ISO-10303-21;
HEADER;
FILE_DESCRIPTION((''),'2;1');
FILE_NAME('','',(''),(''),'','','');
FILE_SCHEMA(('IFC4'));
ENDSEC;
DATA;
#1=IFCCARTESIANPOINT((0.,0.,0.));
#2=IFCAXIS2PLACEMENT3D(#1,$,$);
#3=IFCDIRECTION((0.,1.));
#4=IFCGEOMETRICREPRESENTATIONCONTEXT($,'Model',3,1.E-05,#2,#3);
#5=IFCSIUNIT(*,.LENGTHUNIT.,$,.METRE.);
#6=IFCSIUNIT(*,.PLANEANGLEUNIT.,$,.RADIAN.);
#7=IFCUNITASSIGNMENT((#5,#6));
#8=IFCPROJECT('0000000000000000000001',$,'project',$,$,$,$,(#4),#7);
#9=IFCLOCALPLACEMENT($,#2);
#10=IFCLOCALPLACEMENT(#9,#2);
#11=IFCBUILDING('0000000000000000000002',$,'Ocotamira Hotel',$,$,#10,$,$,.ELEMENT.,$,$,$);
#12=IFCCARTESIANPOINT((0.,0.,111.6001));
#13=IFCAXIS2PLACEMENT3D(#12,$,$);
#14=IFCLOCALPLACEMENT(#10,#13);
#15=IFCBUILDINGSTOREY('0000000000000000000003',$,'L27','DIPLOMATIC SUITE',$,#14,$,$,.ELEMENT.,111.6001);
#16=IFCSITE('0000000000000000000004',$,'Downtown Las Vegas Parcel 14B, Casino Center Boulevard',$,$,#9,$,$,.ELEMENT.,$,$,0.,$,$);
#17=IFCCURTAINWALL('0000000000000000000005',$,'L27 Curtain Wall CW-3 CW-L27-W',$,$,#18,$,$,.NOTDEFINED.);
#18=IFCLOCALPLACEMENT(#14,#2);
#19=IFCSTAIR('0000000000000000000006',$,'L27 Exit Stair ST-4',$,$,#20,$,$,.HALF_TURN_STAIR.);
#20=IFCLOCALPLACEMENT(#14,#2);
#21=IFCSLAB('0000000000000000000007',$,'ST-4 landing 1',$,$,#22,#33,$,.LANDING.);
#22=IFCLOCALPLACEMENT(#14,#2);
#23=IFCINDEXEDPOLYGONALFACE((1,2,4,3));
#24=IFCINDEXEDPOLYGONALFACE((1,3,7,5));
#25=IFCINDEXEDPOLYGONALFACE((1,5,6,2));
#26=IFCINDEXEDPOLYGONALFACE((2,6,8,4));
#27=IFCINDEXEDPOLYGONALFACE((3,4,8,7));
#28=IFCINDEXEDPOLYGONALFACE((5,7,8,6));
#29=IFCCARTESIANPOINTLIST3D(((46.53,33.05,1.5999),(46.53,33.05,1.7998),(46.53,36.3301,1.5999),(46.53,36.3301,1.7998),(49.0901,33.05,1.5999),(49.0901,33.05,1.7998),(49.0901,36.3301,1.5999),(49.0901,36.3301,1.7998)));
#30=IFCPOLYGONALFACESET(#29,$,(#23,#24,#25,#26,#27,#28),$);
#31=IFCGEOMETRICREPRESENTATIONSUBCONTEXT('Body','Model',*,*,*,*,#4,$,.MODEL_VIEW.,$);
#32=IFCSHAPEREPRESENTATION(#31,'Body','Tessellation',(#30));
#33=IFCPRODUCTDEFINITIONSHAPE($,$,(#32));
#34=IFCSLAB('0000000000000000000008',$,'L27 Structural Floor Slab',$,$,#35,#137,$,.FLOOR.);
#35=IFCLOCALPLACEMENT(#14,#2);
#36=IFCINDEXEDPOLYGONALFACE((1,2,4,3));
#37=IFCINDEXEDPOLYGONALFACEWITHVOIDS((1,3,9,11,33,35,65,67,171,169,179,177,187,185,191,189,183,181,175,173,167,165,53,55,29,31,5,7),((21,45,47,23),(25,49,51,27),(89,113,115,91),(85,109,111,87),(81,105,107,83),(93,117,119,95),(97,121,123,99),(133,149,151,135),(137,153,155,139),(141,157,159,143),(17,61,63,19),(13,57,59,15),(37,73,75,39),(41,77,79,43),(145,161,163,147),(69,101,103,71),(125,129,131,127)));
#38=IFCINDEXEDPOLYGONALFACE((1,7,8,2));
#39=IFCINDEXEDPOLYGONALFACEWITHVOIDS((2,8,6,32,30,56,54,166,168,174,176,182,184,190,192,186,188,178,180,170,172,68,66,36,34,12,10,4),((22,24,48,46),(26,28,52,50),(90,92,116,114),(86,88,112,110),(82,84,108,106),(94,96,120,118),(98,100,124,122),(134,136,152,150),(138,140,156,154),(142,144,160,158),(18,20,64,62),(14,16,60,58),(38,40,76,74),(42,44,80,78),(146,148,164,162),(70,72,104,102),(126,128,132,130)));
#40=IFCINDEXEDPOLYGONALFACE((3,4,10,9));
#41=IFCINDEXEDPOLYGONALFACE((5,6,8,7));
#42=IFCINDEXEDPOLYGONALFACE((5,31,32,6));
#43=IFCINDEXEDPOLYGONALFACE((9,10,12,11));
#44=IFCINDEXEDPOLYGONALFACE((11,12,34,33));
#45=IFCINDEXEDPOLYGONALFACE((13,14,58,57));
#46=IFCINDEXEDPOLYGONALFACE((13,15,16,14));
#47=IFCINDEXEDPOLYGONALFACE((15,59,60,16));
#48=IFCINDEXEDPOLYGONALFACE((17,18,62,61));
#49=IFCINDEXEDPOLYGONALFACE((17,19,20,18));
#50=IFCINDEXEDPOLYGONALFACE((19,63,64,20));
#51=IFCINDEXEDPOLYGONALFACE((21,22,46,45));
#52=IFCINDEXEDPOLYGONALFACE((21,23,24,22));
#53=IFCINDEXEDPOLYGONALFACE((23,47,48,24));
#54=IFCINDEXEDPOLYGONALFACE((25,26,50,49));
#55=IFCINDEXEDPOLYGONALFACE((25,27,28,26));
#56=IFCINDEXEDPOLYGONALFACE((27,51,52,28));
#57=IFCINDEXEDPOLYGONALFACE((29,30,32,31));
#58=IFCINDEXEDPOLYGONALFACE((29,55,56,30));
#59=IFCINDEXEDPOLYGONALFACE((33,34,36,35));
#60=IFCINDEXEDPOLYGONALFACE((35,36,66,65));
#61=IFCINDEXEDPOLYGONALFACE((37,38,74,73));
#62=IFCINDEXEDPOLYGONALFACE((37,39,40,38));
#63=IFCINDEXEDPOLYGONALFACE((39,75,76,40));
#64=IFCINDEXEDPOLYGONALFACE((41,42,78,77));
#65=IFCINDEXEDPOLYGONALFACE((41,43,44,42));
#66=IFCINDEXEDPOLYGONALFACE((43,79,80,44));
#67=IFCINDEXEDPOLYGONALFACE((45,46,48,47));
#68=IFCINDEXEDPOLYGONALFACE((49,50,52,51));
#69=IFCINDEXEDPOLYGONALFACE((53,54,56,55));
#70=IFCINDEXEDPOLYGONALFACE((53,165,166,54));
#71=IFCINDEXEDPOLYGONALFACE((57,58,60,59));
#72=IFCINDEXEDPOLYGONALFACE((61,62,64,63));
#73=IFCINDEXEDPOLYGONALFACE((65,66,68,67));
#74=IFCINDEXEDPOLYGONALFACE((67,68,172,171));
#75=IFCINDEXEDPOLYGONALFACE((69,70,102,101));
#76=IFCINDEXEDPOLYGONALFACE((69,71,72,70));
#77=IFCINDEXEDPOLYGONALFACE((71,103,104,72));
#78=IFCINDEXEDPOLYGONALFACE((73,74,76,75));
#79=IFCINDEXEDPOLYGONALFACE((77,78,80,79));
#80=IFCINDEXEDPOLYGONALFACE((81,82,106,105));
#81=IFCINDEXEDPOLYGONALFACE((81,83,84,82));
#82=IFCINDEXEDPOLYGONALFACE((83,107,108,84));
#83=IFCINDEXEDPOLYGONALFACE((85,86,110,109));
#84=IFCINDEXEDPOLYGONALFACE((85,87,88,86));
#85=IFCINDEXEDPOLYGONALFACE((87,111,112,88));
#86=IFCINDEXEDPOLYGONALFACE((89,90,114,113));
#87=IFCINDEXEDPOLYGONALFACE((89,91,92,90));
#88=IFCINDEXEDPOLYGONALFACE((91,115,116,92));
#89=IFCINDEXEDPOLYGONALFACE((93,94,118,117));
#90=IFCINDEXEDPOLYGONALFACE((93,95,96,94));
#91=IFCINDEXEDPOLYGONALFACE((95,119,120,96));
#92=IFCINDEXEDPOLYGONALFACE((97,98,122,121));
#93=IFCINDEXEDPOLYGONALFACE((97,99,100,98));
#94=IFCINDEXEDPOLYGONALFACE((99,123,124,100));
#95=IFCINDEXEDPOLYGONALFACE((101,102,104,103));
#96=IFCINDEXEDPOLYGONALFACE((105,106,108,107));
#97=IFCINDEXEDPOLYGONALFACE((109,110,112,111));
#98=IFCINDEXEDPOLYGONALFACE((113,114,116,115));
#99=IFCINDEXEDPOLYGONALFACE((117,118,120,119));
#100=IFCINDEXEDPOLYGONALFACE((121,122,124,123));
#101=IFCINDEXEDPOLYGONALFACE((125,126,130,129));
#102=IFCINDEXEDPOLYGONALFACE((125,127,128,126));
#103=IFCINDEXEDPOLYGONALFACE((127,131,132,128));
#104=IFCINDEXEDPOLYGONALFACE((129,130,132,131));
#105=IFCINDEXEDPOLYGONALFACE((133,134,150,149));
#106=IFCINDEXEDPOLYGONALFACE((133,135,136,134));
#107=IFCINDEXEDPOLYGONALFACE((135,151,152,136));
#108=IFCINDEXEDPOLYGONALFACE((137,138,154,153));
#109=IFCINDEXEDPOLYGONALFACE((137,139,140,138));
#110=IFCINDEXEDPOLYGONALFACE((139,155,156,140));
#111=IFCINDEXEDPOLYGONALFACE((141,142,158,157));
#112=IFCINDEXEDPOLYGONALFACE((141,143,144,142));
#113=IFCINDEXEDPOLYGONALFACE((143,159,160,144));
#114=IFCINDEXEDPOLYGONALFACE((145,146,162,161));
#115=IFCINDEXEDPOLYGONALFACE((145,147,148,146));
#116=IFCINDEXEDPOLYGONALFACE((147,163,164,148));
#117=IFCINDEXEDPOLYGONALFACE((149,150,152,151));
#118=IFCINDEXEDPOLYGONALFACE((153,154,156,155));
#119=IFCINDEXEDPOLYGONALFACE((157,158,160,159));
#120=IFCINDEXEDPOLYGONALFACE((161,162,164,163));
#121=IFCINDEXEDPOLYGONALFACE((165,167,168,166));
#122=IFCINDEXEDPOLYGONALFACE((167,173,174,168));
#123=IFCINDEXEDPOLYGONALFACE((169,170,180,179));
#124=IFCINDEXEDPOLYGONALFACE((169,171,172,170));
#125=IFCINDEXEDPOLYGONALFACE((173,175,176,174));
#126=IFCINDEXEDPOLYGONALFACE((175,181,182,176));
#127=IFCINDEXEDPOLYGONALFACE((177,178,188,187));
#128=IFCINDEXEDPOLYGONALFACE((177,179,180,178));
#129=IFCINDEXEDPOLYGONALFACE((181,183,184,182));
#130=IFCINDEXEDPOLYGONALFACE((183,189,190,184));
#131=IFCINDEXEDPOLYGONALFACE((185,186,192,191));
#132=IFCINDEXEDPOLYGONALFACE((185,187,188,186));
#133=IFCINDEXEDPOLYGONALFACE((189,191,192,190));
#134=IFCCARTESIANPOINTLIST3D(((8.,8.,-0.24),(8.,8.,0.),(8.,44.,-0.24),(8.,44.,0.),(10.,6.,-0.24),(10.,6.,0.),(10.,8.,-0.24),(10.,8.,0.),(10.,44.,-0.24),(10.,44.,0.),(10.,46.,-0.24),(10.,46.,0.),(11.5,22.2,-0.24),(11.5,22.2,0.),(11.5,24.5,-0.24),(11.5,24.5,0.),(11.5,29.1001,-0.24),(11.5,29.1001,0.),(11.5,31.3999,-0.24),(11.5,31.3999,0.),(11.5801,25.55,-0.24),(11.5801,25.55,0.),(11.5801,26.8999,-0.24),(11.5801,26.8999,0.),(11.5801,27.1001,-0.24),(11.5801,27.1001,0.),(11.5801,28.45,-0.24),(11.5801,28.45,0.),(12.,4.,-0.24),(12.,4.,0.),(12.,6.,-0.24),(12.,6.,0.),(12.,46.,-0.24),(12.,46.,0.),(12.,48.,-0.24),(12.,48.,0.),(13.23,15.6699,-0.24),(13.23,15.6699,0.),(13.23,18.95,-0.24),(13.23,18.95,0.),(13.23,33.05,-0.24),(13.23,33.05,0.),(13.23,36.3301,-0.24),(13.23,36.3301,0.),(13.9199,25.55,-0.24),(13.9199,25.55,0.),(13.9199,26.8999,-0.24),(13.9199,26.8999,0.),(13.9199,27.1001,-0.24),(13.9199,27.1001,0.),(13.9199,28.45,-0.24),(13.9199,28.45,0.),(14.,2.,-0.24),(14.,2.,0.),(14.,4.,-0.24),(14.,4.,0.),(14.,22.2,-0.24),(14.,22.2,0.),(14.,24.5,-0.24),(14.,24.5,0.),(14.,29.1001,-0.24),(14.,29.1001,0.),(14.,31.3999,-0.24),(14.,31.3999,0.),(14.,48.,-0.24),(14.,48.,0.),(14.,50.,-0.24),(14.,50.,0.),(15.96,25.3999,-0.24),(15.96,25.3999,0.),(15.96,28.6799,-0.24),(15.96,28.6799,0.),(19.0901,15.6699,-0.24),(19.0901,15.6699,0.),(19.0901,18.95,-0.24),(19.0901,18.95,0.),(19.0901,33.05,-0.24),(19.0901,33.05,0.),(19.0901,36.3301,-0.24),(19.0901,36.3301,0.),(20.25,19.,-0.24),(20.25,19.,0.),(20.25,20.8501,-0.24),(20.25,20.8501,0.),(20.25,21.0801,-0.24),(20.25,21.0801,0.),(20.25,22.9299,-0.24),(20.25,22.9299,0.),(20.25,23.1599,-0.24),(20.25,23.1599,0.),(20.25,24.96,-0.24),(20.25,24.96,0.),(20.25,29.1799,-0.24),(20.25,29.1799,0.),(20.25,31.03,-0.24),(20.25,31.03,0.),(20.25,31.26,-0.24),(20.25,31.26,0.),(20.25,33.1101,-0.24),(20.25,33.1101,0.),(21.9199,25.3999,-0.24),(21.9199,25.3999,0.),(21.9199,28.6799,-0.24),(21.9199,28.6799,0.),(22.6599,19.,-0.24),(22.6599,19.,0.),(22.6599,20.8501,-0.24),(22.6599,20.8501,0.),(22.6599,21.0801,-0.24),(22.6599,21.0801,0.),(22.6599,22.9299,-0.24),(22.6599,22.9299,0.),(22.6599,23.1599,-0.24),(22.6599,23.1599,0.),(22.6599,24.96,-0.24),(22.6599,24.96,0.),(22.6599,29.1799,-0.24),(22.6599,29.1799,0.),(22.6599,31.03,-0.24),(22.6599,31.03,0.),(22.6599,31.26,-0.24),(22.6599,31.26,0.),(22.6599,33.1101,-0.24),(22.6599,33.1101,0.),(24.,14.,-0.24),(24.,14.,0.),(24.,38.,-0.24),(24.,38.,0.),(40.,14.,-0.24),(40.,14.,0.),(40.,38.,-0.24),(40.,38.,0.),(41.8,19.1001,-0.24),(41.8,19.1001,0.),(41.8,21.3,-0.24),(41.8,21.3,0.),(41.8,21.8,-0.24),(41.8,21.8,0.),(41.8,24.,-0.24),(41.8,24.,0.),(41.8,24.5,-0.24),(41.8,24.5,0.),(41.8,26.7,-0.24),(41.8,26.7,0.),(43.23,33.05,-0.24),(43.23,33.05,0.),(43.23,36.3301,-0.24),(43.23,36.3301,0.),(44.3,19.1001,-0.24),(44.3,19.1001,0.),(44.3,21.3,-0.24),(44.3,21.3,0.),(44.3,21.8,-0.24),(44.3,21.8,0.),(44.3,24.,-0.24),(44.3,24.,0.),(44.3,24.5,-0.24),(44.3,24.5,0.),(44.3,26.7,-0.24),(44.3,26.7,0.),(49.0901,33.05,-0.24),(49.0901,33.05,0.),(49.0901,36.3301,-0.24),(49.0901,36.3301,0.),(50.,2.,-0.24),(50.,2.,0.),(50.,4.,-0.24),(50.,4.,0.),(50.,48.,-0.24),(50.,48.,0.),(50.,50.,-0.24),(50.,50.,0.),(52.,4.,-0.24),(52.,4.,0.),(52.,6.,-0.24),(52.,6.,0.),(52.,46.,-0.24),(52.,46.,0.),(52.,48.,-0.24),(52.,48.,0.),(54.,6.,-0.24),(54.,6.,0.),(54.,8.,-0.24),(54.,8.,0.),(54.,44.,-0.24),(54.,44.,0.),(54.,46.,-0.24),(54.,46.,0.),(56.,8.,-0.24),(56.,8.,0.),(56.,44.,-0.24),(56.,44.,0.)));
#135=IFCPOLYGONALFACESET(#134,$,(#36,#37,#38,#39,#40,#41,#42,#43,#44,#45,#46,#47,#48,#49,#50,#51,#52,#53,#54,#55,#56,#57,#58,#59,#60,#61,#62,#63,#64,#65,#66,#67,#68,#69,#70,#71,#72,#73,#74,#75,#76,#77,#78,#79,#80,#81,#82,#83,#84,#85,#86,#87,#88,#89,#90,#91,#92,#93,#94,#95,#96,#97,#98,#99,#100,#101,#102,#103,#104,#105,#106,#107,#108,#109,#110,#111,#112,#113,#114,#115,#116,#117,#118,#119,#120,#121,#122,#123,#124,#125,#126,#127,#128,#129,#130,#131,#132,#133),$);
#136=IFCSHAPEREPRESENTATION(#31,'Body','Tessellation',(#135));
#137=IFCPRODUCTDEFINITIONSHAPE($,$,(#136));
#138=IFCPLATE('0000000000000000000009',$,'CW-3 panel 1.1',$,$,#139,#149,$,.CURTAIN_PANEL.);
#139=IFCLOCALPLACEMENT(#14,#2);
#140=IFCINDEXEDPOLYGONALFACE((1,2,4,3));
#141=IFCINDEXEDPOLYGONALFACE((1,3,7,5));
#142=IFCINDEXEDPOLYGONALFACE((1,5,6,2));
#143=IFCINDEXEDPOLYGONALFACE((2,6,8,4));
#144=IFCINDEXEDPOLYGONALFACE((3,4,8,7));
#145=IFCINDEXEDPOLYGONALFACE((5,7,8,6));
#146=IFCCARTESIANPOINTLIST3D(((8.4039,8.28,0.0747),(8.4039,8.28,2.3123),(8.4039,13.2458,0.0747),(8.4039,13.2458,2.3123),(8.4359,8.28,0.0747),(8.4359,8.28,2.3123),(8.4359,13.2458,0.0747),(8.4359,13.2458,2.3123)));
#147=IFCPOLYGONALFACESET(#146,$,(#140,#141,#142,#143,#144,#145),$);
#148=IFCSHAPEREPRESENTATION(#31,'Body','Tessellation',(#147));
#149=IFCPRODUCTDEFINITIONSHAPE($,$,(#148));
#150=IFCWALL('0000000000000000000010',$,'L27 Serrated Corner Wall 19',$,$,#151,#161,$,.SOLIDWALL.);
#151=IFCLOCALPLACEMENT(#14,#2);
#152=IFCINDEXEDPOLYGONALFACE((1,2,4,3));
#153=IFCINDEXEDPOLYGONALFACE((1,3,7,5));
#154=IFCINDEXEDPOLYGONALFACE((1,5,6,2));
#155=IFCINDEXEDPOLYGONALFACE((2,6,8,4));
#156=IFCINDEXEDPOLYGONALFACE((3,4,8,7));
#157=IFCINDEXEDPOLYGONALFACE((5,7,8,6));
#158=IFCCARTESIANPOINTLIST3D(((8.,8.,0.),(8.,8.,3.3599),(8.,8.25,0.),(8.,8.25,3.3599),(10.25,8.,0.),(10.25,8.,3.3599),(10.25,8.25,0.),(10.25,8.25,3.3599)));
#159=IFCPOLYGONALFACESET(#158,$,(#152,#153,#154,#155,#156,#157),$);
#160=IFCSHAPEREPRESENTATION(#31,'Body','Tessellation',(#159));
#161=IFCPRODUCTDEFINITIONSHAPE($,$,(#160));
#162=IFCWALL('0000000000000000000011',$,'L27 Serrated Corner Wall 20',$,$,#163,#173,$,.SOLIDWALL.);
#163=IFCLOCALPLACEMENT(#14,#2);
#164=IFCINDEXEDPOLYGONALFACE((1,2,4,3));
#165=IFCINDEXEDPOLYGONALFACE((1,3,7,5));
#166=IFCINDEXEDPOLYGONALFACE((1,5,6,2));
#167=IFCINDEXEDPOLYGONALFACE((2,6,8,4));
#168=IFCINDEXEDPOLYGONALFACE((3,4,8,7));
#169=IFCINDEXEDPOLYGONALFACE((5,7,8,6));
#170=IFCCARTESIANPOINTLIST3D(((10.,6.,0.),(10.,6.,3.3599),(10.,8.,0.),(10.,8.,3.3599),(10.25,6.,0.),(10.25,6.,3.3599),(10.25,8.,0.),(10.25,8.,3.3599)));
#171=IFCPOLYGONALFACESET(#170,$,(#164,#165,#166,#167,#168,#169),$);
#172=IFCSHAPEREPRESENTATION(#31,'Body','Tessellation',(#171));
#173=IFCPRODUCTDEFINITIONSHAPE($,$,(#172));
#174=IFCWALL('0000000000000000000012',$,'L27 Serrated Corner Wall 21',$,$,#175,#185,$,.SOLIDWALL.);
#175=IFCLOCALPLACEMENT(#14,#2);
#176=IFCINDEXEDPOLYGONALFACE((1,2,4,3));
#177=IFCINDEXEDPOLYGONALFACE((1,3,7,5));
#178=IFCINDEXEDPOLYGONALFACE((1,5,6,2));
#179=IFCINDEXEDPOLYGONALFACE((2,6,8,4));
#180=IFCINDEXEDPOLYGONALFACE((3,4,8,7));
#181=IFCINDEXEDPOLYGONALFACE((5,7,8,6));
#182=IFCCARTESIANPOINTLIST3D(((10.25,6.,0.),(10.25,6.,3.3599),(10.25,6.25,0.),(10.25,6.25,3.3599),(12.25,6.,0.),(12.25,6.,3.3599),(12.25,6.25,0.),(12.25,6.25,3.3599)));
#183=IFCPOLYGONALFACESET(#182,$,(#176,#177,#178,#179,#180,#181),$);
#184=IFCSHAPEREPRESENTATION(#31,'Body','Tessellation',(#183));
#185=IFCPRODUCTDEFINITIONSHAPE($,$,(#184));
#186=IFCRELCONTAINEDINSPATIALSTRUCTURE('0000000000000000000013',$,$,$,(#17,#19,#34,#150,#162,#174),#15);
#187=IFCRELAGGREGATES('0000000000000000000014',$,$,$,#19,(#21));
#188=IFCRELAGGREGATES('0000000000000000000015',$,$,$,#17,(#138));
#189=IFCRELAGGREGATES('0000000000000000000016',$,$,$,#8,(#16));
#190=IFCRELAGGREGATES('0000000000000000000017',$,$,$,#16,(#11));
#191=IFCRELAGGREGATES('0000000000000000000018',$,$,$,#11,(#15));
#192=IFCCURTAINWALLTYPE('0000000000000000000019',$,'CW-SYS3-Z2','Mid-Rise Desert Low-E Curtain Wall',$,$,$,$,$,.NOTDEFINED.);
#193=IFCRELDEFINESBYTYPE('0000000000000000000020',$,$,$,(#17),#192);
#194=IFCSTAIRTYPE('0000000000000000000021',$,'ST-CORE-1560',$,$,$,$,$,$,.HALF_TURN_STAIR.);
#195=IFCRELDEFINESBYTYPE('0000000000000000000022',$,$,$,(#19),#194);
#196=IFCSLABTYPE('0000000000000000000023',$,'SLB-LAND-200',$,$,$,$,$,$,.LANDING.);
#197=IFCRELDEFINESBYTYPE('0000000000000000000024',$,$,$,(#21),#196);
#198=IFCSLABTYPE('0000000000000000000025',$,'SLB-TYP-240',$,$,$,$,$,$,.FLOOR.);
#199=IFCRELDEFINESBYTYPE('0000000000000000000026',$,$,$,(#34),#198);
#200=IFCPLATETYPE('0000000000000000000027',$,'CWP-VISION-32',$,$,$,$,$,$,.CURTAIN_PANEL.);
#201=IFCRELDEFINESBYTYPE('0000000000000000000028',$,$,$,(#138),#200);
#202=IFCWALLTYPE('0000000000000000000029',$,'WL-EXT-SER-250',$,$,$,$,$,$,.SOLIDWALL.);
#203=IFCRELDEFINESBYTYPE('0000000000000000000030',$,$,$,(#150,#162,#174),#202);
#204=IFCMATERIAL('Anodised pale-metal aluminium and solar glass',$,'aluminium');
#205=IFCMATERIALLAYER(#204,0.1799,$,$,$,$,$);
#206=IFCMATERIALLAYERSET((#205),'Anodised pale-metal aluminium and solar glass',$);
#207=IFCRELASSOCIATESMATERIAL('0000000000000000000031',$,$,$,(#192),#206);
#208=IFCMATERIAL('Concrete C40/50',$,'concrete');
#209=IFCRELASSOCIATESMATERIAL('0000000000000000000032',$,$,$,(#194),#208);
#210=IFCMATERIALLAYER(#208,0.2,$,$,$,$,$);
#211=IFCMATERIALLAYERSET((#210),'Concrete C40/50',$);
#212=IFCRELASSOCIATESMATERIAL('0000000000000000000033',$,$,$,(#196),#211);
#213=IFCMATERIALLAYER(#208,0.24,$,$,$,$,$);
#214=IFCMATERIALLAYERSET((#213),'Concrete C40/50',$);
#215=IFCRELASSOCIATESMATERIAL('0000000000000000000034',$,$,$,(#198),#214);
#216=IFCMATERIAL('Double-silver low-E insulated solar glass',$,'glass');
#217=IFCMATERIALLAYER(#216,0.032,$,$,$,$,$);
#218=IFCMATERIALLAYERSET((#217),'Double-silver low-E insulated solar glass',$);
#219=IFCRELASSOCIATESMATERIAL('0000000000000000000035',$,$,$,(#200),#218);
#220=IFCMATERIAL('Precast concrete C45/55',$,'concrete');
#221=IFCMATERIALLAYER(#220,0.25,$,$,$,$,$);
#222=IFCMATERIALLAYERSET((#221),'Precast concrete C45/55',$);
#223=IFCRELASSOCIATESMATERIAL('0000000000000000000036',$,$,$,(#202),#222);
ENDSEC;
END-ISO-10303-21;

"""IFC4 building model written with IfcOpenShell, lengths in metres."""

from ifc_helpers import new_model, si_unit, direction, frame, frame_2d, origin, origin_2d, place, context, subcontext, project, spatial, polyline, rectangle, outline, extrude, source, transform, mapped, material, layer, layer_set, type_object, element, aggregate, save


model = new_model("IFC4")

# Units and contexts
model_context = context("Model", 3, precision=1e-05, world=origin(), true_north=direction((0.0, 1.0)))
body_context = subcontext(model_context, "Body", "Model", "MODEL_VIEW")
ifc_project = project(units=[si_unit("LENGTHUNIT", "METRE"), si_unit("PLANEANGLEUNIT", "RADIAN")], contexts=[model_context])

# Site, building, storey
site_placement = place(None, origin())
site = spatial("IfcSite", under=ifc_project, at=site_placement, Name="Downtown Las Vegas Parcel 14B, Casino Center Boulevard", CompositionType="ELEMENT", RefElevation=0.0)
building_placement = place(site_placement, origin())
building = spatial("IfcBuilding", under=site, at=building_placement, Name="Ocotamira Hotel", CompositionType="ELEMENT")
storey_placement = place(building_placement, frame((0.0, 0.0, 111.6001)))
storey = spatial("IfcBuildingStorey", under=building, at=storey_placement, Name="L27", Description="DIPLOMATIC SUITE", CompositionType="ELEMENT", Elevation=111.6001)

# Curtain wall
ifc_material_1 = material(Name="Anodised pale-metal aluminium and solar glass", Category="aluminium")
ifc_layer_1 = layer(ifc_material_1, 0.1799)
ifc_layer_set_1 = layer_set([ifc_layer_1], Name="Anodised pale-metal aluminium and solar glass")
curtain_wall_type = type_object("IfcCurtainWallType", Name="CW-SYS3-Z2", Description="Mid-Rise Desert Low-E Curtain Wall", PredefinedType="NOTDEFINED", material=ifc_layer_set_1)
curtain_wall_1_placement = place(storey_placement, origin())
curtain_wall_1 = element("IfcCurtainWall", 1, at=curtain_wall_1_placement, inside=storey, type_object=curtain_wall_type, Name="L27 Curtain Wall CW-3 CW-L27-W", PredefinedType="NOTDEFINED")

# Stair, slab
ifc_material_2 = material(Name="Concrete C40/50", Category="concrete")
stair_type = type_object("IfcStairType", Name="ST-CORE-1560", PredefinedType="HALF_TURN_STAIR", material=ifc_material_2)
ifc_layer_2 = layer(ifc_material_2, 0.2)
ifc_layer_set_2 = layer_set([ifc_layer_2], Name="Concrete C40/50")
slab_type_1 = type_object("IfcSlabType", Name="SLB-LAND-200", PredefinedType="LANDING", material=ifc_layer_set_2)
stair_1_placement = place(storey_placement, origin())
stair_1 = element("IfcStair", 2, at=stair_1_placement, inside=storey, type_object=stair_type, Name="L27 Exit Stair ST-4", PredefinedType="HALF_TURN_STAIR")
slab_1_placement = place(storey_placement, frame((0.0, 0.0, 1.5999)))
slab_1 = element("IfcSlab", 3, at=slab_1_placement, type_object=slab_type_1, Name="ST-4 landing 1", PredefinedType="LANDING", context=body_context, shape_type="SweptSolid", body=[
    extrude(outline(polyline([(46.53, 33.05), (49.0901, 33.05), (49.0901, 36.3301), (46.53, 36.3301), (46.53, 33.05)])), origin(), (0.0, 0.0, 1.0), 0.2),
])
aggregate(stair_1, [slab_1])

# Slab
ifc_layer_3 = layer(ifc_material_2, 0.24)
ifc_layer_set_3 = layer_set([ifc_layer_3], Name="Concrete C40/50")
slab_type_2 = type_object("IfcSlabType", Name="SLB-TYP-240", PredefinedType="FLOOR", material=ifc_layer_set_3)
slab_2_placement = place(storey_placement, frame((0.0, 0.0, -0.24)))
element("IfcSlab", 4, at=slab_2_placement, inside=storey, type_object=slab_type_2, Name="L27 Structural Floor Slab", PredefinedType="FLOOR", context=body_context, shape_type="SweptSolid", body=[
    extrude(outline(polyline([(14.0, 2.0), (50.0, 2.0), (50.0, 4.0), (52.0, 4.0), (52.0, 6.0), (54.0, 6.0), (54.0, 8.0), (56.0, 8.0), (56.0, 44.0), (54.0, 44.0), (54.0, 46.0), (52.0, 46.0), (52.0, 48.0), (50.0, 48.0), (50.0, 50.0), (14.0, 50.0), (14.0, 48.0), (12.0, 48.0), (12.0, 46.0), (10.0, 46.0), (10.0, 44.0), (8.0, 44.0), (8.0, 8.0), (10.0, 8.0), (10.0, 6.0), (12.0, 6.0), (12.0, 4.0), (14.0, 4.0), (14.0, 2.0)]), holes=[polyline([(24.0, 14.0), (40.0, 14.0), (40.0, 38.0), (24.0, 38.0), (24.0, 14.0)]), polyline([(13.23, 15.6699), (19.0901, 15.6699), (19.0901, 18.95), (13.23, 18.95), (13.23, 15.6699)]), polyline([(13.23, 33.05), (19.0901, 33.05), (19.0901, 36.3301), (13.23, 36.3301), (13.23, 33.05)]), polyline([(15.96, 25.3999), (21.9199, 25.3999), (21.9199, 28.6799), (15.96, 28.6799), (15.96, 25.3999)]), polyline([(43.23, 33.05), (49.0901, 33.05), (49.0901, 36.3301), (43.23, 36.3301), (43.23, 33.05)]), polyline([(41.8, 19.1001), (44.3, 19.1001), (44.3, 21.3), (41.8, 21.3), (41.8, 19.1001)]), polyline([(41.8, 21.8), (44.3, 21.8), (44.3, 24.0), (41.8, 24.0), (41.8, 21.8)]), polyline([(41.8, 24.5), (44.3, 24.5), (44.3, 26.7), (41.8, 26.7), (41.8, 24.5)]), polyline([(20.25, 19.0), (22.6599, 19.0), (22.6599, 20.8501), (20.25, 20.8501), (20.25, 19.0)]), polyline([(20.25, 21.0801), (22.6599, 21.0801), (22.6599, 22.9299), (20.25, 22.9299), (20.25, 21.0801)]), polyline([(20.25, 23.1599), (22.6599, 23.1599), (22.6599, 24.96), (20.25, 24.96), (20.25, 23.1599)]), polyline([(20.25, 29.1799), (22.6599, 29.1799), (22.6599, 31.03), (20.25, 31.03), (20.25, 29.1799)]), polyline([(20.25, 31.26), (22.6599, 31.26), (22.6599, 33.1101), (20.25, 33.1101), (20.25, 31.26)]), polyline([(11.5, 22.2), (14.0, 22.2), (14.0, 24.5), (11.5, 24.5), (11.5, 22.2)]), polyline([(11.5, 29.1001), (14.0, 29.1001), (14.0, 31.3999), (11.5, 31.3999), (11.5, 29.1001)]), polyline([(11.5801, 25.55), (13.9199, 25.55), (13.9199, 26.8999), (11.5801, 26.8999), (11.5801, 25.55)]), polyline([(11.5801, 27.1001), (13.9199, 27.1001), (13.9199, 28.45), (11.5801, 28.45), (11.5801, 27.1001)])]), origin(), (0.0, 0.0, 1.0), 0.24),
])

# Plate
ifc_material_3 = material(Name="Double-silver low-E insulated solar glass", Category="glass")
ifc_layer_4 = layer(ifc_material_3, 0.032)
ifc_layer_set_4 = layer_set([ifc_layer_4], Name="Double-silver low-E insulated solar glass")
plate_type = type_object("IfcPlateType", Name="CWP-VISION-32", PredefinedType="CURTAIN_PANEL", material=ifc_layer_set_4)
shared_shape_1 = source(origin(), body_context, "Body", "SweptSolid", [
    extrude(rectangle(XDim=4.9658, YDim=0.032, at=origin_2d()), origin(), (0.0, 0.0, 1.0), 2.2375),
])
plate_placement = place(storey_placement, frame((8.4199, 10.7629, 0.0747), z_axis=(0.0, 0.0, 1.0), x_axis=(0.0, 1.0, 0.0)))
plate = element("IfcPlate", 5, at=plate_placement, type_object=plate_type, Name="CW-3 panel 1.1", PredefinedType="CURTAIN_PANEL", context=body_context, shape_type="MappedRepresentation", body=[
    mapped(shared_shape_1, transform((0.0, 0.0, 0.0), scale=1.0)),
])
aggregate(curtain_wall_1, [plate])

# Walls
ifc_material_4 = material(Name="Precast concrete C45/55", Category="concrete")
ifc_layer_5 = layer(ifc_material_4, 0.25)
ifc_layer_set_5 = layer_set([ifc_layer_5], Name="Precast concrete C45/55")
wall_type_1 = type_object("IfcWallType", Name="WL-EXT-SER-250", PredefinedType="SOLIDWALL", material=ifc_layer_set_5)
wall_1_placement = place(storey_placement, frame((8.0, 8.125, 0.0), z_axis=(0.0, 0.0, 1.0), x_axis=(1.0, 0.0, 0.0)))
element("IfcWall", 6, at=wall_1_placement, inside=storey, type_object=wall_type_1, Name="L27 Serrated Corner Wall 19", PredefinedType="SOLIDWALL", context=body_context, shape_type="SweptSolid", body=[
    extrude(rectangle(XDim=2.25, YDim=0.25, at=frame_2d((1.125, 0.0))), origin(), (0.0, 0.0, 1.0), 3.3599),
])
for number, where, z_axis, x_axis, name in (
    (7, (10.125, 8.0, 0.0), (0.0, 0.0, 1.0), (0.0, -1.0, 0.0), "L27 Serrated Corner Wall 20"),
    (8, (10.25, 6.125, 0.0), (0.0, 0.0, 1.0), (1.0, 0.0, 0.0), "L27 Serrated Corner Wall 21"),
):
    element("IfcWall", number, at=place(storey_placement, frame(where, z_axis=z_axis, x_axis=x_axis)), inside=storey, type_object=wall_type_1, Name=name, PredefinedType="SOLIDWALL", context=body_context, shape_type="SweptSolid", body=[
        extrude(rectangle(XDim=2.0, YDim=0.25, at=frame_2d((1.0, 0.0))), origin(), (0.0, 0.0, 1.0), 3.3599),
    ])

save(model, "model.ifc")
